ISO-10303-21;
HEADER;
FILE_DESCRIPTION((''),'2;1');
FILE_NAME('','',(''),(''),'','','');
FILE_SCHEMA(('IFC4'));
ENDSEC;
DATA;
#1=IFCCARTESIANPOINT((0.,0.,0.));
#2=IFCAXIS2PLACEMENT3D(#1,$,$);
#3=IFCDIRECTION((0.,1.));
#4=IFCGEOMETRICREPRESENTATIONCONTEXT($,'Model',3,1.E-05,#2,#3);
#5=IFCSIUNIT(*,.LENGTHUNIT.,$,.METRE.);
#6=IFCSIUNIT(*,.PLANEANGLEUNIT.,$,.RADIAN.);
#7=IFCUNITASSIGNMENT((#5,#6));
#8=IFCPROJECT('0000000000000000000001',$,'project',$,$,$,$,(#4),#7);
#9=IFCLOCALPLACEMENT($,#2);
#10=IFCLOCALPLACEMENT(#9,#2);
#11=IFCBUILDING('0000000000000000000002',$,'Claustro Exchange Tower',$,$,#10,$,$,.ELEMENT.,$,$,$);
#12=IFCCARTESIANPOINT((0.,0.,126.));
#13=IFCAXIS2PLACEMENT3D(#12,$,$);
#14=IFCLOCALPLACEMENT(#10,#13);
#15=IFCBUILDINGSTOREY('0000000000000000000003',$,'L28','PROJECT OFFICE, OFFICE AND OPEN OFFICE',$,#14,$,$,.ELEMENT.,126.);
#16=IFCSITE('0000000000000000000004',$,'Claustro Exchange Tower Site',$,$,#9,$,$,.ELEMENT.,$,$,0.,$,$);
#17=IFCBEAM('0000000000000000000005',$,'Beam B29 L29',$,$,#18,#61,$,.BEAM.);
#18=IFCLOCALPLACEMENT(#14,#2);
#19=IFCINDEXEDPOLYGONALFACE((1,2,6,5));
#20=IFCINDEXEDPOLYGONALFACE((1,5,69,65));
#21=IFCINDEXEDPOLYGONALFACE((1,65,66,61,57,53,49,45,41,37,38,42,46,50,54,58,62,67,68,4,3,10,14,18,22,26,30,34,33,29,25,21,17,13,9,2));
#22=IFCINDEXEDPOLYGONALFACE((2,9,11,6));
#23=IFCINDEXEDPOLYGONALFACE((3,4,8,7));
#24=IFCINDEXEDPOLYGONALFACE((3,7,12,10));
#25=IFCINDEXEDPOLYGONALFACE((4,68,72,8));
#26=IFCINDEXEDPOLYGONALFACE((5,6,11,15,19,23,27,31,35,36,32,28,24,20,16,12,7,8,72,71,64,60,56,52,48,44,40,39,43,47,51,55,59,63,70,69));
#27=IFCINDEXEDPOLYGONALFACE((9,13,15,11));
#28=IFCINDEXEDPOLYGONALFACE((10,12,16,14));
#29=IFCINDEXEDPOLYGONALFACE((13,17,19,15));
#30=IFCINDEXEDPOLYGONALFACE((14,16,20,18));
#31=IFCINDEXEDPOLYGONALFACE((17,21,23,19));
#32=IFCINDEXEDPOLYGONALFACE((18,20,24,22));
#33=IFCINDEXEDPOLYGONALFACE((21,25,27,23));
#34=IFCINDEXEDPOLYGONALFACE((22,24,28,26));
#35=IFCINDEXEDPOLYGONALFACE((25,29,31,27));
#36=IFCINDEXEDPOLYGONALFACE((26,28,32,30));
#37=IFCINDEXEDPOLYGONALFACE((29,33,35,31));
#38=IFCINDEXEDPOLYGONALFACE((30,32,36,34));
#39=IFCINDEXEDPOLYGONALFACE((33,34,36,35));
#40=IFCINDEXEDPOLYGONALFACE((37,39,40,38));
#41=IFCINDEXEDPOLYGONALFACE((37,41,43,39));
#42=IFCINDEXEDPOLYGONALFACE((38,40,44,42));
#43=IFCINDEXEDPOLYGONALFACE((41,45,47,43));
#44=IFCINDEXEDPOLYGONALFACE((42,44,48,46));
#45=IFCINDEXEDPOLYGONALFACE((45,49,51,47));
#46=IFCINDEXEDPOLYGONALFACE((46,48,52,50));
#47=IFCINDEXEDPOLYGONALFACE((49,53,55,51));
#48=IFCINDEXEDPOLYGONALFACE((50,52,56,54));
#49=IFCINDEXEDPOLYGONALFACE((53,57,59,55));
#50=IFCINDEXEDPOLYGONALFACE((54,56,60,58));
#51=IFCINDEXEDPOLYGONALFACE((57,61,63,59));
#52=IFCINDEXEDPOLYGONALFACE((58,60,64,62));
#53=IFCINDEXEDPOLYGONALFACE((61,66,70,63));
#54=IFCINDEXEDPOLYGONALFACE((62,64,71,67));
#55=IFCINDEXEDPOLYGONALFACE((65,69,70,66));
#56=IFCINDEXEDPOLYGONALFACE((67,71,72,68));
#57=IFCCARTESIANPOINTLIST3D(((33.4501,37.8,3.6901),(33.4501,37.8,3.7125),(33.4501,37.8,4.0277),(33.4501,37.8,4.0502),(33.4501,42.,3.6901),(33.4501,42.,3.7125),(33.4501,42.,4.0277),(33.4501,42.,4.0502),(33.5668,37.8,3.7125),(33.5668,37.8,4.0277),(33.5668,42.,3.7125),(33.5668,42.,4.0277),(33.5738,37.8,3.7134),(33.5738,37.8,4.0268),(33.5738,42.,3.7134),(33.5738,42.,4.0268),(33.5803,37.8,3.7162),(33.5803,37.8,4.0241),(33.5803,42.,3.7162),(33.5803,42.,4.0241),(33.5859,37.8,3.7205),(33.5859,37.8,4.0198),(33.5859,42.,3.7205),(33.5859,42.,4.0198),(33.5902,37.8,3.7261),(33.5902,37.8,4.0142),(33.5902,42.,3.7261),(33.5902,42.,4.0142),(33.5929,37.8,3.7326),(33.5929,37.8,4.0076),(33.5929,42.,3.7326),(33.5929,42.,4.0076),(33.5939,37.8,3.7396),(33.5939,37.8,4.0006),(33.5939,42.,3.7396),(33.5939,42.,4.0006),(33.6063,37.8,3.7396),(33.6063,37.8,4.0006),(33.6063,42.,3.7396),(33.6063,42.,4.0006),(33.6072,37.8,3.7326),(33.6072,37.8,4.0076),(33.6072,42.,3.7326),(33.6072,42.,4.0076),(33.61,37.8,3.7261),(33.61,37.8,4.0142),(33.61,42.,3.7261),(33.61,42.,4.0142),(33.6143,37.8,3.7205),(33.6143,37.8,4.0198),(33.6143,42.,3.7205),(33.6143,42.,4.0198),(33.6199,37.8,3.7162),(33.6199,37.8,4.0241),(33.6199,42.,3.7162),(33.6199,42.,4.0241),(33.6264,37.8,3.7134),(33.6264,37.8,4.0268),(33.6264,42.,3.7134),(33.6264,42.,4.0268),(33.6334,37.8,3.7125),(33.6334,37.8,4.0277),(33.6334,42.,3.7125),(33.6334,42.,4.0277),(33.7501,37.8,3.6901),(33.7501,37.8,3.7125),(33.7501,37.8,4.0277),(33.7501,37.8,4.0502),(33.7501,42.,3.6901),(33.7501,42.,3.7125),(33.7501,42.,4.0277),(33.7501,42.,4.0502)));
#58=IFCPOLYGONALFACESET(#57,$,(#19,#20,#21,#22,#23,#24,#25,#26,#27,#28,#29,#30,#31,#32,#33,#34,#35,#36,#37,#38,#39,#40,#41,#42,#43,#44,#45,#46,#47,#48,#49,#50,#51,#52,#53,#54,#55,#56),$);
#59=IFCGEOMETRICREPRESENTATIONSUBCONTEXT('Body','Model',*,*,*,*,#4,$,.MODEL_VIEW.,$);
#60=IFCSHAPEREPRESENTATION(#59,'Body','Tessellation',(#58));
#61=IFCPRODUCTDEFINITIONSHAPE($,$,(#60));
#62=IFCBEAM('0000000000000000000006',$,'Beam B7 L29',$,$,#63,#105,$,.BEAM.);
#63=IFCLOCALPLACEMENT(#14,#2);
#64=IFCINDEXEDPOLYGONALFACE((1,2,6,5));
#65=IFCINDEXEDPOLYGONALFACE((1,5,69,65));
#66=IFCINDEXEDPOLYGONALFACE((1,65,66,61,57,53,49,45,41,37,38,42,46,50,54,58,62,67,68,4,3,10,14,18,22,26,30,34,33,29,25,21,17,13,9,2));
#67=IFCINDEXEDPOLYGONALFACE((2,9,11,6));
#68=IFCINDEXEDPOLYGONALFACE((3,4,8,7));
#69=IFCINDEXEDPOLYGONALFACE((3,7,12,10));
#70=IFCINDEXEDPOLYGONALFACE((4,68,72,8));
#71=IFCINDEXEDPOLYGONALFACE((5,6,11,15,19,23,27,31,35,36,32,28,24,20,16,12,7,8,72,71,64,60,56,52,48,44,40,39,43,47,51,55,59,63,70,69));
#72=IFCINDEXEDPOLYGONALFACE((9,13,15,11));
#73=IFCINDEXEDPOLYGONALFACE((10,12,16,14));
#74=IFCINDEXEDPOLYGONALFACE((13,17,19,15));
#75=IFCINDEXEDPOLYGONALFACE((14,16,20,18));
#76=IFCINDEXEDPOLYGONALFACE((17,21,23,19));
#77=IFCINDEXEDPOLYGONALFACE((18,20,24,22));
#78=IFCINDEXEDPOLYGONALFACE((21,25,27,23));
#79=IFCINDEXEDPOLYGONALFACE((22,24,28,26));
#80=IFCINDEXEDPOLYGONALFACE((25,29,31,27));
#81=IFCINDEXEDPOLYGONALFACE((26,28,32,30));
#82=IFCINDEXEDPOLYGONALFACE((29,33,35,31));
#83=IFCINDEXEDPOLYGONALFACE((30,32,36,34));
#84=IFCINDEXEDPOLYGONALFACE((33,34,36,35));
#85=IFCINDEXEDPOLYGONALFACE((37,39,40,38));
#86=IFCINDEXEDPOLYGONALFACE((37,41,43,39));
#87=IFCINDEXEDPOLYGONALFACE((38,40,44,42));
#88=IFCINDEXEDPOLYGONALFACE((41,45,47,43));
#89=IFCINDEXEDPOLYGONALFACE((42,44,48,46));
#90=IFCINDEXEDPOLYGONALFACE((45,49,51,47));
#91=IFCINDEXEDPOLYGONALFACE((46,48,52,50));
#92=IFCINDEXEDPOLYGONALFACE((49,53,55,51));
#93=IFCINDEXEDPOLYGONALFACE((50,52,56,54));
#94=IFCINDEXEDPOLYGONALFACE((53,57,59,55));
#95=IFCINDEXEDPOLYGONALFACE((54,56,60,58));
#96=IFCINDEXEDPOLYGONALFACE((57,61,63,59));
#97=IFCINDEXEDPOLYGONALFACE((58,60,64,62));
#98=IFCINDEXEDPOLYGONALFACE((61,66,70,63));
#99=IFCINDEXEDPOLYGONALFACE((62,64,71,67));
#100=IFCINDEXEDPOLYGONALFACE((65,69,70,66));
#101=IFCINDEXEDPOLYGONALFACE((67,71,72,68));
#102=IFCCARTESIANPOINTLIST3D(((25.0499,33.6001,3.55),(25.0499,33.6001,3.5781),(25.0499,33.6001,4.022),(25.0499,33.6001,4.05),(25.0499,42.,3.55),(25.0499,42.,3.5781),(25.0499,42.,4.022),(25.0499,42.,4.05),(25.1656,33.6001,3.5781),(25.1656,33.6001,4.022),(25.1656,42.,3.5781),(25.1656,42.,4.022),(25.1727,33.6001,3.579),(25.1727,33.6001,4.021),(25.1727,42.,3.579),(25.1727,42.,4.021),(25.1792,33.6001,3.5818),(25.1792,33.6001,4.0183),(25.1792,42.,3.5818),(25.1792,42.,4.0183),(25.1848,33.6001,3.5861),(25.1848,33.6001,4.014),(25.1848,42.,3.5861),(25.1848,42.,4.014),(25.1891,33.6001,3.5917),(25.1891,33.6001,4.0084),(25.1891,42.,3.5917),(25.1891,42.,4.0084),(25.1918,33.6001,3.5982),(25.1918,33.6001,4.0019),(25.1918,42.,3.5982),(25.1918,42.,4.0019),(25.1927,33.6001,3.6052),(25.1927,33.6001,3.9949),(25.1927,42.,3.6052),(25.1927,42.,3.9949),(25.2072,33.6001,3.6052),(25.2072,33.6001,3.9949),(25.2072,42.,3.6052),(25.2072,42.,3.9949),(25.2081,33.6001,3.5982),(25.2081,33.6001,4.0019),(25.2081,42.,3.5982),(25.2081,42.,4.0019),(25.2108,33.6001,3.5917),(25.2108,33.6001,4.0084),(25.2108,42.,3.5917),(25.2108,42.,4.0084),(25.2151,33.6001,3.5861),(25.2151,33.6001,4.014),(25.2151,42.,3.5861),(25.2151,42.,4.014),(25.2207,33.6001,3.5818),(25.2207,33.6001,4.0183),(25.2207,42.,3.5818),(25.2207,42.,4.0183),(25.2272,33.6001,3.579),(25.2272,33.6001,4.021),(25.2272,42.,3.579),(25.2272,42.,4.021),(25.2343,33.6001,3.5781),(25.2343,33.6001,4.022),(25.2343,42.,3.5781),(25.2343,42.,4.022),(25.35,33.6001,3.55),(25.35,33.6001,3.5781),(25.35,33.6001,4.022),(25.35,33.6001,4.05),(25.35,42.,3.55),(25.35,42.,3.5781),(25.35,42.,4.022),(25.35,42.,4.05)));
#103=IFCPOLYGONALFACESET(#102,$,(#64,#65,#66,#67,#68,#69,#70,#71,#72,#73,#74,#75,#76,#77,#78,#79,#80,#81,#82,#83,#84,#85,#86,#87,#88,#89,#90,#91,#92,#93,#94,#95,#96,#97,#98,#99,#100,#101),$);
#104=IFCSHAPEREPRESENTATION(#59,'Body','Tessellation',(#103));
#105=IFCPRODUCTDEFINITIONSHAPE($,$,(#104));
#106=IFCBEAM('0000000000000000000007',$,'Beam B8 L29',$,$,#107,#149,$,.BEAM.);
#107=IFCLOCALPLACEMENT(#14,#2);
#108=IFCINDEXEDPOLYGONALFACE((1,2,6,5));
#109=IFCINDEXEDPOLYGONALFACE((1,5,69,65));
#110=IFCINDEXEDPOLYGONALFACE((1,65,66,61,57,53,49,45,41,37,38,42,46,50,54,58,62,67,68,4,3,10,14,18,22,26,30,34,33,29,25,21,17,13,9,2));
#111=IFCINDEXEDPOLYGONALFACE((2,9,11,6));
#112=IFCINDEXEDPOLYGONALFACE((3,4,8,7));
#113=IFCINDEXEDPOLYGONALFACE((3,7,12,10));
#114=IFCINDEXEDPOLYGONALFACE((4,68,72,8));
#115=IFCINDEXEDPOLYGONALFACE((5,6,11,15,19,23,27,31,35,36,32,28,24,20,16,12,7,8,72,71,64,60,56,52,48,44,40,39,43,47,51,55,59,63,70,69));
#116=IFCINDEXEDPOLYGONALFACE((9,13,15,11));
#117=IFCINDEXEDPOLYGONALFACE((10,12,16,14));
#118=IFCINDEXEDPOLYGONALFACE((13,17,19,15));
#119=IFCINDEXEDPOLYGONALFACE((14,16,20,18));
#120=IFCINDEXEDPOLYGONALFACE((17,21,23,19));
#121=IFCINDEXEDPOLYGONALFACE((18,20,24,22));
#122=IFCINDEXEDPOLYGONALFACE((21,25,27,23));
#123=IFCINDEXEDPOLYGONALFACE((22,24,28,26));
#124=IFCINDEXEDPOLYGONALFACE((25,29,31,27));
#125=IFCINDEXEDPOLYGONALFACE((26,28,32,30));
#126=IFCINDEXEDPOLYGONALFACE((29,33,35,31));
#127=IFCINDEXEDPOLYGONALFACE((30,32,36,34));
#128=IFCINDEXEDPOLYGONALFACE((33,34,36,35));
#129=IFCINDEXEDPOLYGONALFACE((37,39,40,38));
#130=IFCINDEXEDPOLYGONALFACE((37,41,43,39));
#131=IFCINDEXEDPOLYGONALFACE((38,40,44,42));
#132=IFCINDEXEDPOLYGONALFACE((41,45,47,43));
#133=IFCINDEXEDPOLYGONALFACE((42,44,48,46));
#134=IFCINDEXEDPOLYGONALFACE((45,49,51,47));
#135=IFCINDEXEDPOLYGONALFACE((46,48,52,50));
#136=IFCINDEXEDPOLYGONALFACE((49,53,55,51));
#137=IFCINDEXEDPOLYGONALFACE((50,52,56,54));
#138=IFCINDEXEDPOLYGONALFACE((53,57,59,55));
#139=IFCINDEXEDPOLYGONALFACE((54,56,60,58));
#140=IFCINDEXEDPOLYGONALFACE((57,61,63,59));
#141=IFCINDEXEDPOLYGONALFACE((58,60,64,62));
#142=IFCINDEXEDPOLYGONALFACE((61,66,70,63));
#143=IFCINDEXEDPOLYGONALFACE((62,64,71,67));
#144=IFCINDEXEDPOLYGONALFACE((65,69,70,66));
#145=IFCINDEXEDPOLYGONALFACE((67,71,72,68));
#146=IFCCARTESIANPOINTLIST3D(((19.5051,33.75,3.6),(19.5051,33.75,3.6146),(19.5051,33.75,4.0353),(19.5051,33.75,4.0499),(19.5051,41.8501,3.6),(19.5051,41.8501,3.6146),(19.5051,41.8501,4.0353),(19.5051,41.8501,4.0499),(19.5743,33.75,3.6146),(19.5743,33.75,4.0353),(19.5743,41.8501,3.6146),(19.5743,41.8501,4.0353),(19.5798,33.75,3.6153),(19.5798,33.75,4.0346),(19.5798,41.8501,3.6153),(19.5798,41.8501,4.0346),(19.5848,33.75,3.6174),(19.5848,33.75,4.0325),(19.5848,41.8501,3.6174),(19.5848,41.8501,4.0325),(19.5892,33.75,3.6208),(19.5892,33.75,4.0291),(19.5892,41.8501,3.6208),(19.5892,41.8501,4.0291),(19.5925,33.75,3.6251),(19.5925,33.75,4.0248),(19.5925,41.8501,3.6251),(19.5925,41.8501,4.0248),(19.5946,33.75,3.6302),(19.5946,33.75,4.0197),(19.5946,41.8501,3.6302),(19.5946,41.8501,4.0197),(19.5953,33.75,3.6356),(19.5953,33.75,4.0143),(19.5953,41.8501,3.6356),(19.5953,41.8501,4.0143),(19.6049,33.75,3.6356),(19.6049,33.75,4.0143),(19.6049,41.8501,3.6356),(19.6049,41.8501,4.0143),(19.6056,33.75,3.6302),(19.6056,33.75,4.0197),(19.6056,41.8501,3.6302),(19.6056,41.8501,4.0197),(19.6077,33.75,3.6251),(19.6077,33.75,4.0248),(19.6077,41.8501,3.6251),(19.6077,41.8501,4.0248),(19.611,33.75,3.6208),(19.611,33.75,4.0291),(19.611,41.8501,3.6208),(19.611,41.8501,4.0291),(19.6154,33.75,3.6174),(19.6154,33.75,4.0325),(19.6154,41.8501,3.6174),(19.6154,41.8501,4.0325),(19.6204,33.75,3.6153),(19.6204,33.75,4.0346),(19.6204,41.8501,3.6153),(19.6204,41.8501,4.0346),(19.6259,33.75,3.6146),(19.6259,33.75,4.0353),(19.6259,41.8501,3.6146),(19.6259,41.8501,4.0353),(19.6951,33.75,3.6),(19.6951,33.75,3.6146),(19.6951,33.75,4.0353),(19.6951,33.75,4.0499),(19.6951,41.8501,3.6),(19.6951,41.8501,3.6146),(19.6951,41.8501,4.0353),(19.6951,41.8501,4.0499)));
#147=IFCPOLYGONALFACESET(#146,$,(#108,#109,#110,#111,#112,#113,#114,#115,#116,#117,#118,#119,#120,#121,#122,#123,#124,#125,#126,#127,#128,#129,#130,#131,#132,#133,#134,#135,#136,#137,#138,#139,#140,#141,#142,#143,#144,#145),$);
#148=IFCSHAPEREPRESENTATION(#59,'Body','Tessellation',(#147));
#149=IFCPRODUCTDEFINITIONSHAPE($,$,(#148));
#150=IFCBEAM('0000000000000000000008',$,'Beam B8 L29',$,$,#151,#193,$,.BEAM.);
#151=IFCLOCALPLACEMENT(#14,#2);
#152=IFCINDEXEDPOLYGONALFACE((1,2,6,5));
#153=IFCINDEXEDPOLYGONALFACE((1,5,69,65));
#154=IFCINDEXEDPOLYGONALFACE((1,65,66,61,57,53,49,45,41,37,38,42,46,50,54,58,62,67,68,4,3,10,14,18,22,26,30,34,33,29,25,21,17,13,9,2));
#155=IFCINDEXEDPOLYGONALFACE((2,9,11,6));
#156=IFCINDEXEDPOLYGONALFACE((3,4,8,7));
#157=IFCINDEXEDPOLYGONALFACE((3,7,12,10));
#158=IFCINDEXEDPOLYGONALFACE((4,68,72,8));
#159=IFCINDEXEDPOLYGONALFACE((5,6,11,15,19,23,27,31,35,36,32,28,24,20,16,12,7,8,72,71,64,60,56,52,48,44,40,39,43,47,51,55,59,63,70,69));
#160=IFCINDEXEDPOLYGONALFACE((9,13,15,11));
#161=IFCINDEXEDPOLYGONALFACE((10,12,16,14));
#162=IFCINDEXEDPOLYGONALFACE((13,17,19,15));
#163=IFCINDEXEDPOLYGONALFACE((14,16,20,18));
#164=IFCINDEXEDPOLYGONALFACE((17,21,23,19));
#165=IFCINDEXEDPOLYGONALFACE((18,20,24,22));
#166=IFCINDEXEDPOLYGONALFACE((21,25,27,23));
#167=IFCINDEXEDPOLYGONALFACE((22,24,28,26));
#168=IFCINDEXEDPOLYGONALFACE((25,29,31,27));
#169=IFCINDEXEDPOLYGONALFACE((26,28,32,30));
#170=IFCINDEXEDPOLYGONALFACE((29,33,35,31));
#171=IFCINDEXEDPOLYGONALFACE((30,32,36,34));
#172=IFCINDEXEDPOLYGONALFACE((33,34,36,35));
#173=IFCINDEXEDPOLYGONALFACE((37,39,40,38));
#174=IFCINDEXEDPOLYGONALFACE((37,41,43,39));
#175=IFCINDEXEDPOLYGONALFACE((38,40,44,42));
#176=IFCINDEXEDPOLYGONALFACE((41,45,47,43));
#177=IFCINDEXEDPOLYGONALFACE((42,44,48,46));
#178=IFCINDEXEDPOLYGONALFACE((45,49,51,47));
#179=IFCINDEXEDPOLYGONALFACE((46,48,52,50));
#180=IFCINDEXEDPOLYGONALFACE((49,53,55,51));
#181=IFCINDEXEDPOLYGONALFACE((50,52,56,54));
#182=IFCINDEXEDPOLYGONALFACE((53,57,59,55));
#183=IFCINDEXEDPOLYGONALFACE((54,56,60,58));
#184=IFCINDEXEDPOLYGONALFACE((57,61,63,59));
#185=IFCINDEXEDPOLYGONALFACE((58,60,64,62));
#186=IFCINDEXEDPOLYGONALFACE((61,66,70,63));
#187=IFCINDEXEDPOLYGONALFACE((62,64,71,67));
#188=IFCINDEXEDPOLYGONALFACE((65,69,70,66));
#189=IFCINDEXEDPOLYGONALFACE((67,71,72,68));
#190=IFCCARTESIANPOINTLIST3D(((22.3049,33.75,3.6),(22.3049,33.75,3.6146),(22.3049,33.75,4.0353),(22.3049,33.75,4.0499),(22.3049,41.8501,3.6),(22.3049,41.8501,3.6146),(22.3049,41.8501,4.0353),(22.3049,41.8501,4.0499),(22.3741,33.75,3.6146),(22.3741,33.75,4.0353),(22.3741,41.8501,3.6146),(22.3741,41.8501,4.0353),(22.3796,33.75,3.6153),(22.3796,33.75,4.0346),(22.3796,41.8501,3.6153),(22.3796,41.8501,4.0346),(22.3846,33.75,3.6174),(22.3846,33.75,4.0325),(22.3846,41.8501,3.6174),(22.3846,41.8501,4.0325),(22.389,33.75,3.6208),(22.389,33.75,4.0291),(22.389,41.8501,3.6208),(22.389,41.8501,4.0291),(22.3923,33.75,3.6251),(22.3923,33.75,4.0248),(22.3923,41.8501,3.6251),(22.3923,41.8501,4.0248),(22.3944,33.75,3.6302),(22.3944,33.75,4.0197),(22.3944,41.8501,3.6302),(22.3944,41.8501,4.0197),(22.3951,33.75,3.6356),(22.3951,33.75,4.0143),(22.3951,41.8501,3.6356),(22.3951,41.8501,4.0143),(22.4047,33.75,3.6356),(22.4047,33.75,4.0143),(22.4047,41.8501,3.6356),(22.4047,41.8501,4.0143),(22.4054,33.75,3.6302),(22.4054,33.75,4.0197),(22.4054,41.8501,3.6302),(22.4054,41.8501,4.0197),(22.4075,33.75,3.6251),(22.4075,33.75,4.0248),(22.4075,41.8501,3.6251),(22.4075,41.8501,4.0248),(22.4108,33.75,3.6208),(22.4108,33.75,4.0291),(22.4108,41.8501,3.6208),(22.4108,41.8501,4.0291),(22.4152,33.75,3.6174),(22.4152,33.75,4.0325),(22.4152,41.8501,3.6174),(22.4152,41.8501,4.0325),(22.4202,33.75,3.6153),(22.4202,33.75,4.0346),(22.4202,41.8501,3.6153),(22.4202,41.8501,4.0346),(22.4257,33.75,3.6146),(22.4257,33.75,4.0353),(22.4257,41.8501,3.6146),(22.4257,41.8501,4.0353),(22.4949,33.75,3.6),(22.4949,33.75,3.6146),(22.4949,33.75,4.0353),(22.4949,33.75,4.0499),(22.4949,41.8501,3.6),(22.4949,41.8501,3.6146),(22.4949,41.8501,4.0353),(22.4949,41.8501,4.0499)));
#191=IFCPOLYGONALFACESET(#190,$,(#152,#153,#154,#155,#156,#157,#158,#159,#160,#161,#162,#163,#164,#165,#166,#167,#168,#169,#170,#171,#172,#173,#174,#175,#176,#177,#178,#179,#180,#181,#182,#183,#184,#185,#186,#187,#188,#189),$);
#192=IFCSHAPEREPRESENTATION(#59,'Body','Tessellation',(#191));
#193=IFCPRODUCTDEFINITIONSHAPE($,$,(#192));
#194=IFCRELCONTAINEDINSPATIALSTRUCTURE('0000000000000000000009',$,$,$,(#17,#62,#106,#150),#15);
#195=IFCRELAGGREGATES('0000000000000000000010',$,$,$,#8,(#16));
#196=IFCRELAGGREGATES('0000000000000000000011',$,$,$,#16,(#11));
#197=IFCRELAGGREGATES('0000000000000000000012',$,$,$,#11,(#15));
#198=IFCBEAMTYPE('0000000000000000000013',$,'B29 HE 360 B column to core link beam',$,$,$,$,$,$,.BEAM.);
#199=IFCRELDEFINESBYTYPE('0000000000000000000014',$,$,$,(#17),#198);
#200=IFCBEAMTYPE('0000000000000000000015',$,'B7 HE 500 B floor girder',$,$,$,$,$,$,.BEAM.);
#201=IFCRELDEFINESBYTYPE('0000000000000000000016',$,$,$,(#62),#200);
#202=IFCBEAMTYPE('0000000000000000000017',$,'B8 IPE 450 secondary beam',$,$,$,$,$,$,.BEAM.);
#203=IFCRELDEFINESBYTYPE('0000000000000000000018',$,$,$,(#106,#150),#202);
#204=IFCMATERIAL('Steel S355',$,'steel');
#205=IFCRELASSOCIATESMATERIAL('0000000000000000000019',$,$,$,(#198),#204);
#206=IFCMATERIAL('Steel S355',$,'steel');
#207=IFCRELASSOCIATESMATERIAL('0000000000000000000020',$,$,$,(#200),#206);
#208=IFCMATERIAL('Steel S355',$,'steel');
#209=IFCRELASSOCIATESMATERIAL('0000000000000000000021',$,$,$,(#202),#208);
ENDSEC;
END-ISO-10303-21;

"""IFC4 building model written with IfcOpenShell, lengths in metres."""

from ifc_helpers import new_model, si_unit, direction, frame, origin, origin_2d, place, context, subcontext, project, spatial, i_section, extrude, material, material_profile, profile_set, type_object, element, save


model = new_model("IFC4")

# Units and contexts
model_context = context("Model", 3, precision=1e-05, world=origin(), true_north=direction((0.0, 1.0)))
body_context = subcontext(model_context, "Body", "Model", "MODEL_VIEW")
ifc_project = project(units=[si_unit("LENGTHUNIT", "METRE"), si_unit("PLANEANGLEUNIT", "RADIAN")], contexts=[model_context])

# Site, building, storey
site_placement = place(None, origin())
site = spatial("IfcSite", under=ifc_project, at=site_placement, Name="Claustro Exchange Tower Site", CompositionType="ELEMENT", RefElevation=0.0)
building_placement = place(site_placement, origin())
building = spatial("IfcBuilding", under=site, at=building_placement, Name="Claustro Exchange Tower", CompositionType="ELEMENT")
storey_placement = place(building_placement, frame((0.0, 0.0, 126.0)))
storey = spatial("IfcBuildingStorey", under=building, at=storey_placement, Name="L28", Description="PROJECT OFFICE, OFFICE AND OPEN OFFICE", CompositionType="ELEMENT", Elevation=126.0)

# Beams
ifc_material_1 = material(Name="Steel S355", Category="steel")
ifc_material_profile_1 = material_profile(ifc_material_1, i_section(OverallWidth=0.3, OverallDepth=0.3601, WebThickness=0.0125, FlangeThickness=0.0225, FilletRadius=0.0271, at=origin_2d()), Name="HE 360 B")
ifc_profile_set_1 = profile_set([ifc_material_profile_1], Name="Steel S355")
beam_type_1 = type_object("IfcBeamType", Name="B29 HE 360 B column to core link beam", PredefinedType="BEAM", material=ifc_profile_set_1)
beam_1_placement = place(storey_placement, frame((33.6001, 37.8, 3.8701), z_axis=(0.0, 1.0, 0.0), x_axis=(-1.0, 0.0, 0.0)))
element("IfcBeam", 1, at=beam_1_placement, inside=storey, type_object=beam_type_1, Name="Beam B29 L29", PredefinedType="BEAM", context=body_context, shape_type="SweptSolid", body=[
    extrude(i_section(OverallWidth=0.3, OverallDepth=0.3601, WebThickness=0.0125, FlangeThickness=0.0225, FilletRadius=0.0271, at=origin_2d()), origin(), (0.0, 0.0, 1.0), 4.2),
])
ifc_material_2 = material(Name="Steel S355", Category="steel")
ifc_material_profile_2 = material_profile(ifc_material_2, i_section(OverallWidth=0.3, OverallDepth=0.5, WebThickness=0.0144, FlangeThickness=0.0281, FilletRadius=0.0271, at=origin_2d()), Name="HE 500 B")
ifc_profile_set_2 = profile_set([ifc_material_profile_2], Name="Steel S355")
beam_type_2 = type_object("IfcBeamType", Name="B7 HE 500 B floor girder", PredefinedType="BEAM", material=ifc_profile_set_2)
beam_2_placement = place(storey_placement, frame((25.2, 33.6001, 3.8), z_axis=(0.0, 1.0, 0.0), x_axis=(-1.0, 0.0, 0.0)))
element("IfcBeam", 2, at=beam_2_placement, inside=storey, type_object=beam_type_2, Name="Beam B7 L29", PredefinedType="BEAM", context=body_context, shape_type="SweptSolid", body=[
    extrude(i_section(OverallWidth=0.3, OverallDepth=0.5, WebThickness=0.0144, FlangeThickness=0.0281, FilletRadius=0.0271, at=origin_2d()), origin(), (0.0, 0.0, 1.0), 8.3999),
])
ifc_material_3 = material(Name="Steel S355", Category="steel")
ifc_material_profile_3 = material_profile(ifc_material_3, i_section(OverallWidth=0.1899, OverallDepth=0.45, WebThickness=0.0095, FlangeThickness=0.0146, FilletRadius=0.021, at=origin_2d()), Name="IPE 450")
ifc_profile_set_3 = profile_set([ifc_material_profile_3], Name="Steel S355")
beam_type_3 = type_object("IfcBeamType", Name="B8 IPE 450 secondary beam", PredefinedType="BEAM", material=ifc_profile_set_3)
for number, where, z_axis, x_axis, name in (
    (3, (19.6001, 33.75, 3.825), (0.0, 1.0, 0.0), (-1.0, 0.0, 0.0), "Beam B8 L29"),
    (4, (22.3999, 33.75, 3.825), (0.0, 1.0, 0.0), (-1.0, 0.0, 0.0), "Beam B8 L29"),
):
    element("IfcBeam", number, at=place(storey_placement, frame(where, z_axis=z_axis, x_axis=x_axis)), inside=storey, type_object=beam_type_3, Name=name, PredefinedType="BEAM", context=body_context, shape_type="SweptSolid", body=[
        extrude(i_section(OverallWidth=0.1899, OverallDepth=0.45, WebThickness=0.0095, FlangeThickness=0.0146, FilletRadius=0.021, at=origin_2d()), origin(), (0.0, 0.0, 1.0), 8.1001),
    ])

save(model, "model.ifc")
